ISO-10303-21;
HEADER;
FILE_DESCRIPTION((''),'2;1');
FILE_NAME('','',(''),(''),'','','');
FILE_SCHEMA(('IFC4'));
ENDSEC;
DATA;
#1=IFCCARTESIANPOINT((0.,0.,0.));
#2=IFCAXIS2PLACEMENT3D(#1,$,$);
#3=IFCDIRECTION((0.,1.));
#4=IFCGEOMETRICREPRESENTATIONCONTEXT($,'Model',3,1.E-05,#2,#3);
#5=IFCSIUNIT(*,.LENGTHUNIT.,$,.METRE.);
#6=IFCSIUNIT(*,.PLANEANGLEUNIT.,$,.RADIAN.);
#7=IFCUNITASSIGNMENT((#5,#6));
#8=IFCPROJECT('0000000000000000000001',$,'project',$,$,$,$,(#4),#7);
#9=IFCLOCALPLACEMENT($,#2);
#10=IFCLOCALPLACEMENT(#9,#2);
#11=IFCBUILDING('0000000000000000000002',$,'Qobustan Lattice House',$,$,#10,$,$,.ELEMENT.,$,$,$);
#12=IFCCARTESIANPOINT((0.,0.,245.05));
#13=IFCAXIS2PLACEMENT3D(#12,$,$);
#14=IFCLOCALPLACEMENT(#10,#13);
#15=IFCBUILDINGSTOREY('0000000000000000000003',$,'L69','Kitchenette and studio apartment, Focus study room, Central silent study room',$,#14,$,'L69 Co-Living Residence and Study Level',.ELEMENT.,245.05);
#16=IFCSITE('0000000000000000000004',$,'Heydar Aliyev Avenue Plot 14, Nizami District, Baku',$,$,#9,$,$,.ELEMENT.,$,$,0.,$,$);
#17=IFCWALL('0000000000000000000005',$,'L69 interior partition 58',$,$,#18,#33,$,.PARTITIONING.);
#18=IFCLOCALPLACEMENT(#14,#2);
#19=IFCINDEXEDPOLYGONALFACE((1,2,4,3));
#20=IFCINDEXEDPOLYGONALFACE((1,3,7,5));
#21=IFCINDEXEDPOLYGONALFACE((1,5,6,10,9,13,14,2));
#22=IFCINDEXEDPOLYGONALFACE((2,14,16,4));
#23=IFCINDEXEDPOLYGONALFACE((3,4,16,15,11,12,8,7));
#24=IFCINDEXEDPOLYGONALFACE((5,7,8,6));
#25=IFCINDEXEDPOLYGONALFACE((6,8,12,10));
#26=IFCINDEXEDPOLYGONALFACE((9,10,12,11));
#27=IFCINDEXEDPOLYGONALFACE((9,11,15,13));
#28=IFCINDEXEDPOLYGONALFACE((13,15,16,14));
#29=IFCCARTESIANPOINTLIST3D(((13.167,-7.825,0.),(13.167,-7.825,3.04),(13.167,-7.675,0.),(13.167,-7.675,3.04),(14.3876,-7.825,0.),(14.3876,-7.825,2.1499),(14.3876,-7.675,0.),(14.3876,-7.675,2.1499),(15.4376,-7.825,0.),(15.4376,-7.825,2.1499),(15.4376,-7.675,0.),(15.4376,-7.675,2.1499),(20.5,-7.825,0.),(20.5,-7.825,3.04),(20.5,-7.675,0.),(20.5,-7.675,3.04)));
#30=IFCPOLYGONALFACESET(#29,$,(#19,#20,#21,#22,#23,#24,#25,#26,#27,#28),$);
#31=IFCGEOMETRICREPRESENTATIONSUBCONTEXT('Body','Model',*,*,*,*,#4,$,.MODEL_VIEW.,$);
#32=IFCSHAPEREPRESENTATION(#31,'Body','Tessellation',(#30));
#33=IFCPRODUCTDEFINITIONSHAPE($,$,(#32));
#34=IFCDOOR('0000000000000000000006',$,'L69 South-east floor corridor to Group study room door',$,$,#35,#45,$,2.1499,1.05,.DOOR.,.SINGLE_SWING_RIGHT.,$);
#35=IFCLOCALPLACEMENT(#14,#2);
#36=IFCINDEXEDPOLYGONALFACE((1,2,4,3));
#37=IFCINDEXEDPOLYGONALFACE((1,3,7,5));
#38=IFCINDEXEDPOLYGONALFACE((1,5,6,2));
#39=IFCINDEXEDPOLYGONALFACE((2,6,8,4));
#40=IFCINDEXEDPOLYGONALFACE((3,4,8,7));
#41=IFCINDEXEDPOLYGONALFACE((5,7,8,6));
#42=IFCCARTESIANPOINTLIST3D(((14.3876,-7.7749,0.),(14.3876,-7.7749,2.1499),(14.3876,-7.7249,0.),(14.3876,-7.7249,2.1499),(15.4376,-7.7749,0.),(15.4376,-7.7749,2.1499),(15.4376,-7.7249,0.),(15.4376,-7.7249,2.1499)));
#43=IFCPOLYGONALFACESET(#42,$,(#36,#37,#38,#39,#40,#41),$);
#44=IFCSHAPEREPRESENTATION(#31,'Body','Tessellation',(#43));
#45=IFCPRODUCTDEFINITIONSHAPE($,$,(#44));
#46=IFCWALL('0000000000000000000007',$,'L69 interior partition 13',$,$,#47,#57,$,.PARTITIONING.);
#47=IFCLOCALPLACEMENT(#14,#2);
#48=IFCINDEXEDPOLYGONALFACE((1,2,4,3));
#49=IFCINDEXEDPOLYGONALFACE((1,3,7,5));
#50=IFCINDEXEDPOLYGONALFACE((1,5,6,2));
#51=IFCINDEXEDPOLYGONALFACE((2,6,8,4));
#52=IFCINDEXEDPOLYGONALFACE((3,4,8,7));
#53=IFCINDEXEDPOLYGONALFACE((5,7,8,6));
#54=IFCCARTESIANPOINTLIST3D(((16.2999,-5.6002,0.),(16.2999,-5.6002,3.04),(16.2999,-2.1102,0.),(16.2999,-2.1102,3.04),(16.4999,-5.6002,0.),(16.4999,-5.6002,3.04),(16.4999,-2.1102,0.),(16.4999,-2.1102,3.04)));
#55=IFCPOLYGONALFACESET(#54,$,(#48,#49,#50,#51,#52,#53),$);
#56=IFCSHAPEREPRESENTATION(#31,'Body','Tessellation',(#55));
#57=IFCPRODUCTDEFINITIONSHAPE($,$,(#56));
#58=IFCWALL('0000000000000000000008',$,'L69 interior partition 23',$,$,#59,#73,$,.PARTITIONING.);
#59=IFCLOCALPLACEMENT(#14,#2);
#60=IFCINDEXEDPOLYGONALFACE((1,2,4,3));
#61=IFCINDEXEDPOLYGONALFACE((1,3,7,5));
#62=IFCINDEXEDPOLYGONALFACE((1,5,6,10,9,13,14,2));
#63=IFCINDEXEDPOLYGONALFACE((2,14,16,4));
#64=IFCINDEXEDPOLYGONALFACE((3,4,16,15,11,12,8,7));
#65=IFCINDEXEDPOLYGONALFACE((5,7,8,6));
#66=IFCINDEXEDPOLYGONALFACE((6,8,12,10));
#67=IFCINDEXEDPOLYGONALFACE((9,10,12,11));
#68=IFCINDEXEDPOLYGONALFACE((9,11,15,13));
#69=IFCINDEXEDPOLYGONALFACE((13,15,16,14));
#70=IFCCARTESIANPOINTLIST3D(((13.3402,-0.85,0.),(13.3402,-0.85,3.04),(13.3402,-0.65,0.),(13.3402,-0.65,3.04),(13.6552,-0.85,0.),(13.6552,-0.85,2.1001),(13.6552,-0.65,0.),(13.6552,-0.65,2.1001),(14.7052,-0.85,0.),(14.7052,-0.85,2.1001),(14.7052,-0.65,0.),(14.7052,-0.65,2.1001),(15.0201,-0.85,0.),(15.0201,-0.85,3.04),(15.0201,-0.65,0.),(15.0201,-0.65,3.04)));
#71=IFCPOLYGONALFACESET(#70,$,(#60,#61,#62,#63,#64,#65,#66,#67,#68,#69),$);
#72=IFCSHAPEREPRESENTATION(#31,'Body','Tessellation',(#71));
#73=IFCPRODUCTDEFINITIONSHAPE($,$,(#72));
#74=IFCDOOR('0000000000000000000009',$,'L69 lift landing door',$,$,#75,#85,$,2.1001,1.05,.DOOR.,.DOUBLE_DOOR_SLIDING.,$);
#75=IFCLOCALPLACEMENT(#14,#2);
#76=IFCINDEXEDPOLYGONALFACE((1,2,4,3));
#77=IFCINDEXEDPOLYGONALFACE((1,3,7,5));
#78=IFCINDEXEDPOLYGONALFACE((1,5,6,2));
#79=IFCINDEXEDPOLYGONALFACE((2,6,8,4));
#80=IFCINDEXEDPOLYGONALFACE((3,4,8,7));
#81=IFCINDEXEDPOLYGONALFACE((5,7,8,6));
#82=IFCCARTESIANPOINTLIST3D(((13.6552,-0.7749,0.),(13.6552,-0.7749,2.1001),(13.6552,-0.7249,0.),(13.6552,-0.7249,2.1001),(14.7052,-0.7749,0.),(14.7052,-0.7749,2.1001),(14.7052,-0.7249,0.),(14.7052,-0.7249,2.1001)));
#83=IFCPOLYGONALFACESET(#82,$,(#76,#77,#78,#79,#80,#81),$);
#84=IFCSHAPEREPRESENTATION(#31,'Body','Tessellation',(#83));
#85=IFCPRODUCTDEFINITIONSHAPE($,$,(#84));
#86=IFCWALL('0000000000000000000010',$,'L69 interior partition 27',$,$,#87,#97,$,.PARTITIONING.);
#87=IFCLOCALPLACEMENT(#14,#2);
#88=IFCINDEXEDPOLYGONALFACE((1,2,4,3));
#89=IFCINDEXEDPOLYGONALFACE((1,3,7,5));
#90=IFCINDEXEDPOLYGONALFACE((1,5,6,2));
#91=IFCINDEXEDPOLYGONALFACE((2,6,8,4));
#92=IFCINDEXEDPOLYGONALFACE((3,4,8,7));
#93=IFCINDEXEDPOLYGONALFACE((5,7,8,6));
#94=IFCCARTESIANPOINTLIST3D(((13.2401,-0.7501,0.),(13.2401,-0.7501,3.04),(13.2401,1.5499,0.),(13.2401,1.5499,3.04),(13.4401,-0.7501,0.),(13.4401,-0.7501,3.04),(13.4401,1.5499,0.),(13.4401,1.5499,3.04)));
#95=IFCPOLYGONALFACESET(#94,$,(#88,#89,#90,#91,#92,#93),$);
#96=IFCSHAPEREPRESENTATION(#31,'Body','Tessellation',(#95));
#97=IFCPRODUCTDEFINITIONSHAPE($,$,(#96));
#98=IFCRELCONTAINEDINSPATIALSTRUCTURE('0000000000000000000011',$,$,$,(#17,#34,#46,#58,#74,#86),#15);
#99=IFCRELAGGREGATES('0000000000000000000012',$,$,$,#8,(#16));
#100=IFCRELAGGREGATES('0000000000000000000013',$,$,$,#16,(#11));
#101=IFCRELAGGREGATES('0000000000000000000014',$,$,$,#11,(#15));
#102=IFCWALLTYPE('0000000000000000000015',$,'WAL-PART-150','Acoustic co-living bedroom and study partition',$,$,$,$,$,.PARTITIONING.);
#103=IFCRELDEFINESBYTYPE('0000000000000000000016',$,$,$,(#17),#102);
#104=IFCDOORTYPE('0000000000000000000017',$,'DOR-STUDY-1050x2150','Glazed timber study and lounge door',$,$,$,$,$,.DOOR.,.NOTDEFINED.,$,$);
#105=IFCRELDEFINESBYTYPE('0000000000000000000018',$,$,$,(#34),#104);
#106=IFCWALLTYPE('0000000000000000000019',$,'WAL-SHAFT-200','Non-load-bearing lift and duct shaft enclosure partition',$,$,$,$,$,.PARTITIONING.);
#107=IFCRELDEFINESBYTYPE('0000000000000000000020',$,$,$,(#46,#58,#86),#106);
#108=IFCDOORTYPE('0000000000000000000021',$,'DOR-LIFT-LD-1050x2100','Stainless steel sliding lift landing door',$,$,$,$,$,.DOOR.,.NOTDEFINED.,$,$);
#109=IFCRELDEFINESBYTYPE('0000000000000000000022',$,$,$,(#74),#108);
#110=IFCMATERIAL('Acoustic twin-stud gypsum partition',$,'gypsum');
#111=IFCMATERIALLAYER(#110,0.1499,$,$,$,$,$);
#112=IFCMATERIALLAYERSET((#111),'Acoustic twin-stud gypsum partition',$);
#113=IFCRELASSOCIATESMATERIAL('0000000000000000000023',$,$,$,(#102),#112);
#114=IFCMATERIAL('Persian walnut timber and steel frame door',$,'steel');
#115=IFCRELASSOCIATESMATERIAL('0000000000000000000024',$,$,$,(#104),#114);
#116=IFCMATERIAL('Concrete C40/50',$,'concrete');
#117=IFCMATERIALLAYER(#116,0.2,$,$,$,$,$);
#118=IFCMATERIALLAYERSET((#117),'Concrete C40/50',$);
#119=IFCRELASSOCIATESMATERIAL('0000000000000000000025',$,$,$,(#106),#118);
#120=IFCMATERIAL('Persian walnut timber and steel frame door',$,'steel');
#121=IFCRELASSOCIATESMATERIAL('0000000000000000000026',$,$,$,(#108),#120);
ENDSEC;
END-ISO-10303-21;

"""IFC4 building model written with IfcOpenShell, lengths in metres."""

from ifc_helpers import new_model, si_unit, direction, frame, frame_2d, origin, place, context, subcontext, project, spatial, rectangle, extrude, material, layer, layer_set, type_object, element, fill, save


model = new_model("IFC4")

# Units and contexts
model_context = context("Model", 3, precision=1e-05, world=origin(), true_north=direction((0.0, 1.0)))
body_context = subcontext(model_context, "Body", "Model", "MODEL_VIEW")
ifc_project = project(units=[si_unit("LENGTHUNIT", "METRE"), si_unit("PLANEANGLEUNIT", "RADIAN")], contexts=[model_context])

# Site, building, storey
site_placement = place(None, origin())
site = spatial("IfcSite", under=ifc_project, at=site_placement, Name="Heydar Aliyev Avenue Plot 14, Nizami District, Baku", CompositionType="ELEMENT", RefElevation=0.0)
building_placement = place(site_placement, origin())
building = spatial("IfcBuilding", under=site, at=building_placement, Name="Qobustan Lattice House", CompositionType="ELEMENT")
storey_placement = place(building_placement, frame((0.0, 0.0, 245.05)))
storey = spatial("IfcBuildingStorey", under=building, at=storey_placement, Name="L69", Description="Kitchenette and studio apartment, Focus study room, Central silent study room", LongName="L69 Co-Living Residence and Study Level", CompositionType="ELEMENT", Elevation=245.05)

# Shared definitions
ifc_material_1 = material(Name="Acoustic twin-stud gypsum partition", Category="gypsum")
ifc_layer_1 = layer(ifc_material_1, 0.1499)
ifc_layer_set_1 = layer_set([ifc_layer_1], Name="Acoustic twin-stud gypsum partition")
wall_type_1 = type_object("IfcWallType", Name="WAL-PART-150", Description="Acoustic co-living bedroom and study partition", PredefinedType="PARTITIONING", material=ifc_layer_set_1)

# Wall, opening, door
wall_1_placement = place(storey_placement, frame((20.5, -7.75, 0.0), z_axis=(0.0, 0.0, 1.0), x_axis=(-1.0, 0.0, 0.0)))
wall_1 = element("IfcWall", 1, at=wall_1_placement, inside=storey, type_object=wall_type_1, Name="L69 interior partition 58", PredefinedType="PARTITIONING", context=body_context, shape_type="SweptSolid", body=[
    extrude(rectangle(XDim=7.333, YDim=0.1499, at=frame_2d((3.6665, 0.0))), origin(), (0.0, 0.0, 1.0), 3.04),
])
opening_1_placement = place(wall_1_placement, frame((5.0625, 0.0, 0.0)))
opening_1 = element("IfcOpeningElement", 2, at=opening_1_placement, cuts=wall_1, PredefinedType="OPENING", context=body_context, shape_type="SweptSolid", body=[
    extrude(rectangle(XDim=1.05, YDim=2.1499, at=frame_2d((0.5249, 1.075))), frame((0.0, 0.085, 0.0), z_axis=(0.0, -1.0, 0.0), x_axis=(1.0, 0.0, 0.0)), (0.0, 0.0, 1.0), 0.1699),
])
ifc_material_2 = material(Name="Persian walnut timber and steel frame door", Category="steel")
door_type_1 = type_object("IfcDoorType", Name="DOR-STUDY-1050x2150", Description="Glazed timber study and lounge door", OperationType="NOTDEFINED", PredefinedType="DOOR", material=ifc_material_2)
door_1_placement = place(opening_1_placement, origin())
door_1 = element("IfcDoor", 3, at=door_1_placement, inside=storey, type_object=door_type_1, Name="L69 South-east floor corridor to Group study room door", OperationType="SINGLE_SWING_RIGHT", OverallHeight=2.1499, OverallWidth=1.05, PredefinedType="DOOR", context=body_context, shape_type="SweptSolid", body=[
    extrude(rectangle(XDim=1.05, YDim=2.1499, at=frame_2d((0.5249, 1.075))), frame((0.0, 0.0249, 0.0), z_axis=(0.0, -1.0, 0.0), x_axis=(1.0, 0.0, 0.0)), (0.0, 0.0, 1.0), 0.05),
])
fill(opening_1, door_1)

# Wall
ifc_material_3 = material(Name="Concrete C40/50", Category="concrete")
ifc_layer_2 = layer(ifc_material_3, 0.2)
ifc_layer_set_2 = layer_set([ifc_layer_2], Name="Concrete C40/50")
wall_type_2 = type_object("IfcWallType", Name="WAL-SHAFT-200", Description="Non-load-bearing lift and duct shaft enclosure partition", PredefinedType="PARTITIONING", material=ifc_layer_set_2)
wall_2_placement = place(storey_placement, frame((16.3999, -2.1101, 0.0), z_axis=(0.0, 0.0, 1.0), x_axis=(0.0, -1.0, 0.0)))
element("IfcWall", 4, at=wall_2_placement, inside=storey, type_object=wall_type_2, Name="L69 interior partition 13", PredefinedType="PARTITIONING", context=body_context, shape_type="SweptSolid", body=[
    extrude(rectangle(XDim=3.49, YDim=0.2, at=frame_2d((1.7451, 0.0))), origin(), (0.0, 0.0, 1.0), 3.04),
])

# Wall, opening, door
wall_3_placement = place(storey_placement, frame((15.02, -0.75, 0.0), z_axis=(0.0, 0.0, 1.0), x_axis=(-1.0, 0.0, 0.0)))
wall_3 = element("IfcWall", 5, at=wall_3_placement, inside=storey, type_object=wall_type_2, Name="L69 interior partition 23", PredefinedType="PARTITIONING", context=body_context, shape_type="SweptSolid", body=[
    extrude(rectangle(XDim=1.6799, YDim=0.2, at=frame_2d((0.8398, 0.0))), origin(), (0.0, 0.0, 1.0), 3.04),
])
opening_2_placement = place(wall_3_placement, frame((0.3149, 0.0, 0.0)))
opening_2 = element("IfcOpeningElement", 6, at=opening_2_placement, cuts=wall_3, PredefinedType="OPENING", context=body_context, shape_type="SweptSolid", body=[
    extrude(rectangle(XDim=1.05, YDim=2.1001, at=frame_2d((0.5249, 1.05))), frame((0.0, 0.1099, 0.0), z_axis=(0.0, -1.0, 0.0), x_axis=(1.0, 0.0, 0.0)), (0.0, 0.0, 1.0), 0.22),
])
ifc_material_4 = material(Name="Persian walnut timber and steel frame door", Category="steel")
door_type_2 = type_object("IfcDoorType", Name="DOR-LIFT-LD-1050x2100", Description="Stainless steel sliding lift landing door", OperationType="NOTDEFINED", PredefinedType="DOOR", material=ifc_material_4)
door_2_placement = place(opening_2_placement, origin())
door_2 = element("IfcDoor", 7, at=door_2_placement, inside=storey, type_object=door_type_2, Name="L69 lift landing door", OperationType="DOUBLE_DOOR_SLIDING", OverallHeight=2.1001, OverallWidth=1.05, PredefinedType="DOOR", context=body_context, shape_type="SweptSolid", body=[
    extrude(rectangle(XDim=1.05, YDim=2.1001, at=frame_2d((0.5249, 1.05))), frame((0.0, 0.0249, 0.0), z_axis=(0.0, -1.0, 0.0), x_axis=(1.0, 0.0, 0.0)), (0.0, 0.0, 1.0), 0.05),
])
fill(opening_2, door_2)

# Wall
wall_4_placement = place(storey_placement, frame((13.3401, -0.75, 0.0), z_axis=(0.0, 0.0, 1.0), x_axis=(0.0, 1.0, 0.0)))
element("IfcWall", 8, at=wall_4_placement, inside=storey, type_object=wall_type_2, Name="L69 interior partition 27", PredefinedType="PARTITIONING", context=body_context, shape_type="SweptSolid", body=[
    extrude(rectangle(XDim=2.3, YDim=0.2, at=frame_2d((1.1499, 0.0))), origin(), (0.0, 0.0, 1.0), 3.04),
])

save(model, "model.ifc")
